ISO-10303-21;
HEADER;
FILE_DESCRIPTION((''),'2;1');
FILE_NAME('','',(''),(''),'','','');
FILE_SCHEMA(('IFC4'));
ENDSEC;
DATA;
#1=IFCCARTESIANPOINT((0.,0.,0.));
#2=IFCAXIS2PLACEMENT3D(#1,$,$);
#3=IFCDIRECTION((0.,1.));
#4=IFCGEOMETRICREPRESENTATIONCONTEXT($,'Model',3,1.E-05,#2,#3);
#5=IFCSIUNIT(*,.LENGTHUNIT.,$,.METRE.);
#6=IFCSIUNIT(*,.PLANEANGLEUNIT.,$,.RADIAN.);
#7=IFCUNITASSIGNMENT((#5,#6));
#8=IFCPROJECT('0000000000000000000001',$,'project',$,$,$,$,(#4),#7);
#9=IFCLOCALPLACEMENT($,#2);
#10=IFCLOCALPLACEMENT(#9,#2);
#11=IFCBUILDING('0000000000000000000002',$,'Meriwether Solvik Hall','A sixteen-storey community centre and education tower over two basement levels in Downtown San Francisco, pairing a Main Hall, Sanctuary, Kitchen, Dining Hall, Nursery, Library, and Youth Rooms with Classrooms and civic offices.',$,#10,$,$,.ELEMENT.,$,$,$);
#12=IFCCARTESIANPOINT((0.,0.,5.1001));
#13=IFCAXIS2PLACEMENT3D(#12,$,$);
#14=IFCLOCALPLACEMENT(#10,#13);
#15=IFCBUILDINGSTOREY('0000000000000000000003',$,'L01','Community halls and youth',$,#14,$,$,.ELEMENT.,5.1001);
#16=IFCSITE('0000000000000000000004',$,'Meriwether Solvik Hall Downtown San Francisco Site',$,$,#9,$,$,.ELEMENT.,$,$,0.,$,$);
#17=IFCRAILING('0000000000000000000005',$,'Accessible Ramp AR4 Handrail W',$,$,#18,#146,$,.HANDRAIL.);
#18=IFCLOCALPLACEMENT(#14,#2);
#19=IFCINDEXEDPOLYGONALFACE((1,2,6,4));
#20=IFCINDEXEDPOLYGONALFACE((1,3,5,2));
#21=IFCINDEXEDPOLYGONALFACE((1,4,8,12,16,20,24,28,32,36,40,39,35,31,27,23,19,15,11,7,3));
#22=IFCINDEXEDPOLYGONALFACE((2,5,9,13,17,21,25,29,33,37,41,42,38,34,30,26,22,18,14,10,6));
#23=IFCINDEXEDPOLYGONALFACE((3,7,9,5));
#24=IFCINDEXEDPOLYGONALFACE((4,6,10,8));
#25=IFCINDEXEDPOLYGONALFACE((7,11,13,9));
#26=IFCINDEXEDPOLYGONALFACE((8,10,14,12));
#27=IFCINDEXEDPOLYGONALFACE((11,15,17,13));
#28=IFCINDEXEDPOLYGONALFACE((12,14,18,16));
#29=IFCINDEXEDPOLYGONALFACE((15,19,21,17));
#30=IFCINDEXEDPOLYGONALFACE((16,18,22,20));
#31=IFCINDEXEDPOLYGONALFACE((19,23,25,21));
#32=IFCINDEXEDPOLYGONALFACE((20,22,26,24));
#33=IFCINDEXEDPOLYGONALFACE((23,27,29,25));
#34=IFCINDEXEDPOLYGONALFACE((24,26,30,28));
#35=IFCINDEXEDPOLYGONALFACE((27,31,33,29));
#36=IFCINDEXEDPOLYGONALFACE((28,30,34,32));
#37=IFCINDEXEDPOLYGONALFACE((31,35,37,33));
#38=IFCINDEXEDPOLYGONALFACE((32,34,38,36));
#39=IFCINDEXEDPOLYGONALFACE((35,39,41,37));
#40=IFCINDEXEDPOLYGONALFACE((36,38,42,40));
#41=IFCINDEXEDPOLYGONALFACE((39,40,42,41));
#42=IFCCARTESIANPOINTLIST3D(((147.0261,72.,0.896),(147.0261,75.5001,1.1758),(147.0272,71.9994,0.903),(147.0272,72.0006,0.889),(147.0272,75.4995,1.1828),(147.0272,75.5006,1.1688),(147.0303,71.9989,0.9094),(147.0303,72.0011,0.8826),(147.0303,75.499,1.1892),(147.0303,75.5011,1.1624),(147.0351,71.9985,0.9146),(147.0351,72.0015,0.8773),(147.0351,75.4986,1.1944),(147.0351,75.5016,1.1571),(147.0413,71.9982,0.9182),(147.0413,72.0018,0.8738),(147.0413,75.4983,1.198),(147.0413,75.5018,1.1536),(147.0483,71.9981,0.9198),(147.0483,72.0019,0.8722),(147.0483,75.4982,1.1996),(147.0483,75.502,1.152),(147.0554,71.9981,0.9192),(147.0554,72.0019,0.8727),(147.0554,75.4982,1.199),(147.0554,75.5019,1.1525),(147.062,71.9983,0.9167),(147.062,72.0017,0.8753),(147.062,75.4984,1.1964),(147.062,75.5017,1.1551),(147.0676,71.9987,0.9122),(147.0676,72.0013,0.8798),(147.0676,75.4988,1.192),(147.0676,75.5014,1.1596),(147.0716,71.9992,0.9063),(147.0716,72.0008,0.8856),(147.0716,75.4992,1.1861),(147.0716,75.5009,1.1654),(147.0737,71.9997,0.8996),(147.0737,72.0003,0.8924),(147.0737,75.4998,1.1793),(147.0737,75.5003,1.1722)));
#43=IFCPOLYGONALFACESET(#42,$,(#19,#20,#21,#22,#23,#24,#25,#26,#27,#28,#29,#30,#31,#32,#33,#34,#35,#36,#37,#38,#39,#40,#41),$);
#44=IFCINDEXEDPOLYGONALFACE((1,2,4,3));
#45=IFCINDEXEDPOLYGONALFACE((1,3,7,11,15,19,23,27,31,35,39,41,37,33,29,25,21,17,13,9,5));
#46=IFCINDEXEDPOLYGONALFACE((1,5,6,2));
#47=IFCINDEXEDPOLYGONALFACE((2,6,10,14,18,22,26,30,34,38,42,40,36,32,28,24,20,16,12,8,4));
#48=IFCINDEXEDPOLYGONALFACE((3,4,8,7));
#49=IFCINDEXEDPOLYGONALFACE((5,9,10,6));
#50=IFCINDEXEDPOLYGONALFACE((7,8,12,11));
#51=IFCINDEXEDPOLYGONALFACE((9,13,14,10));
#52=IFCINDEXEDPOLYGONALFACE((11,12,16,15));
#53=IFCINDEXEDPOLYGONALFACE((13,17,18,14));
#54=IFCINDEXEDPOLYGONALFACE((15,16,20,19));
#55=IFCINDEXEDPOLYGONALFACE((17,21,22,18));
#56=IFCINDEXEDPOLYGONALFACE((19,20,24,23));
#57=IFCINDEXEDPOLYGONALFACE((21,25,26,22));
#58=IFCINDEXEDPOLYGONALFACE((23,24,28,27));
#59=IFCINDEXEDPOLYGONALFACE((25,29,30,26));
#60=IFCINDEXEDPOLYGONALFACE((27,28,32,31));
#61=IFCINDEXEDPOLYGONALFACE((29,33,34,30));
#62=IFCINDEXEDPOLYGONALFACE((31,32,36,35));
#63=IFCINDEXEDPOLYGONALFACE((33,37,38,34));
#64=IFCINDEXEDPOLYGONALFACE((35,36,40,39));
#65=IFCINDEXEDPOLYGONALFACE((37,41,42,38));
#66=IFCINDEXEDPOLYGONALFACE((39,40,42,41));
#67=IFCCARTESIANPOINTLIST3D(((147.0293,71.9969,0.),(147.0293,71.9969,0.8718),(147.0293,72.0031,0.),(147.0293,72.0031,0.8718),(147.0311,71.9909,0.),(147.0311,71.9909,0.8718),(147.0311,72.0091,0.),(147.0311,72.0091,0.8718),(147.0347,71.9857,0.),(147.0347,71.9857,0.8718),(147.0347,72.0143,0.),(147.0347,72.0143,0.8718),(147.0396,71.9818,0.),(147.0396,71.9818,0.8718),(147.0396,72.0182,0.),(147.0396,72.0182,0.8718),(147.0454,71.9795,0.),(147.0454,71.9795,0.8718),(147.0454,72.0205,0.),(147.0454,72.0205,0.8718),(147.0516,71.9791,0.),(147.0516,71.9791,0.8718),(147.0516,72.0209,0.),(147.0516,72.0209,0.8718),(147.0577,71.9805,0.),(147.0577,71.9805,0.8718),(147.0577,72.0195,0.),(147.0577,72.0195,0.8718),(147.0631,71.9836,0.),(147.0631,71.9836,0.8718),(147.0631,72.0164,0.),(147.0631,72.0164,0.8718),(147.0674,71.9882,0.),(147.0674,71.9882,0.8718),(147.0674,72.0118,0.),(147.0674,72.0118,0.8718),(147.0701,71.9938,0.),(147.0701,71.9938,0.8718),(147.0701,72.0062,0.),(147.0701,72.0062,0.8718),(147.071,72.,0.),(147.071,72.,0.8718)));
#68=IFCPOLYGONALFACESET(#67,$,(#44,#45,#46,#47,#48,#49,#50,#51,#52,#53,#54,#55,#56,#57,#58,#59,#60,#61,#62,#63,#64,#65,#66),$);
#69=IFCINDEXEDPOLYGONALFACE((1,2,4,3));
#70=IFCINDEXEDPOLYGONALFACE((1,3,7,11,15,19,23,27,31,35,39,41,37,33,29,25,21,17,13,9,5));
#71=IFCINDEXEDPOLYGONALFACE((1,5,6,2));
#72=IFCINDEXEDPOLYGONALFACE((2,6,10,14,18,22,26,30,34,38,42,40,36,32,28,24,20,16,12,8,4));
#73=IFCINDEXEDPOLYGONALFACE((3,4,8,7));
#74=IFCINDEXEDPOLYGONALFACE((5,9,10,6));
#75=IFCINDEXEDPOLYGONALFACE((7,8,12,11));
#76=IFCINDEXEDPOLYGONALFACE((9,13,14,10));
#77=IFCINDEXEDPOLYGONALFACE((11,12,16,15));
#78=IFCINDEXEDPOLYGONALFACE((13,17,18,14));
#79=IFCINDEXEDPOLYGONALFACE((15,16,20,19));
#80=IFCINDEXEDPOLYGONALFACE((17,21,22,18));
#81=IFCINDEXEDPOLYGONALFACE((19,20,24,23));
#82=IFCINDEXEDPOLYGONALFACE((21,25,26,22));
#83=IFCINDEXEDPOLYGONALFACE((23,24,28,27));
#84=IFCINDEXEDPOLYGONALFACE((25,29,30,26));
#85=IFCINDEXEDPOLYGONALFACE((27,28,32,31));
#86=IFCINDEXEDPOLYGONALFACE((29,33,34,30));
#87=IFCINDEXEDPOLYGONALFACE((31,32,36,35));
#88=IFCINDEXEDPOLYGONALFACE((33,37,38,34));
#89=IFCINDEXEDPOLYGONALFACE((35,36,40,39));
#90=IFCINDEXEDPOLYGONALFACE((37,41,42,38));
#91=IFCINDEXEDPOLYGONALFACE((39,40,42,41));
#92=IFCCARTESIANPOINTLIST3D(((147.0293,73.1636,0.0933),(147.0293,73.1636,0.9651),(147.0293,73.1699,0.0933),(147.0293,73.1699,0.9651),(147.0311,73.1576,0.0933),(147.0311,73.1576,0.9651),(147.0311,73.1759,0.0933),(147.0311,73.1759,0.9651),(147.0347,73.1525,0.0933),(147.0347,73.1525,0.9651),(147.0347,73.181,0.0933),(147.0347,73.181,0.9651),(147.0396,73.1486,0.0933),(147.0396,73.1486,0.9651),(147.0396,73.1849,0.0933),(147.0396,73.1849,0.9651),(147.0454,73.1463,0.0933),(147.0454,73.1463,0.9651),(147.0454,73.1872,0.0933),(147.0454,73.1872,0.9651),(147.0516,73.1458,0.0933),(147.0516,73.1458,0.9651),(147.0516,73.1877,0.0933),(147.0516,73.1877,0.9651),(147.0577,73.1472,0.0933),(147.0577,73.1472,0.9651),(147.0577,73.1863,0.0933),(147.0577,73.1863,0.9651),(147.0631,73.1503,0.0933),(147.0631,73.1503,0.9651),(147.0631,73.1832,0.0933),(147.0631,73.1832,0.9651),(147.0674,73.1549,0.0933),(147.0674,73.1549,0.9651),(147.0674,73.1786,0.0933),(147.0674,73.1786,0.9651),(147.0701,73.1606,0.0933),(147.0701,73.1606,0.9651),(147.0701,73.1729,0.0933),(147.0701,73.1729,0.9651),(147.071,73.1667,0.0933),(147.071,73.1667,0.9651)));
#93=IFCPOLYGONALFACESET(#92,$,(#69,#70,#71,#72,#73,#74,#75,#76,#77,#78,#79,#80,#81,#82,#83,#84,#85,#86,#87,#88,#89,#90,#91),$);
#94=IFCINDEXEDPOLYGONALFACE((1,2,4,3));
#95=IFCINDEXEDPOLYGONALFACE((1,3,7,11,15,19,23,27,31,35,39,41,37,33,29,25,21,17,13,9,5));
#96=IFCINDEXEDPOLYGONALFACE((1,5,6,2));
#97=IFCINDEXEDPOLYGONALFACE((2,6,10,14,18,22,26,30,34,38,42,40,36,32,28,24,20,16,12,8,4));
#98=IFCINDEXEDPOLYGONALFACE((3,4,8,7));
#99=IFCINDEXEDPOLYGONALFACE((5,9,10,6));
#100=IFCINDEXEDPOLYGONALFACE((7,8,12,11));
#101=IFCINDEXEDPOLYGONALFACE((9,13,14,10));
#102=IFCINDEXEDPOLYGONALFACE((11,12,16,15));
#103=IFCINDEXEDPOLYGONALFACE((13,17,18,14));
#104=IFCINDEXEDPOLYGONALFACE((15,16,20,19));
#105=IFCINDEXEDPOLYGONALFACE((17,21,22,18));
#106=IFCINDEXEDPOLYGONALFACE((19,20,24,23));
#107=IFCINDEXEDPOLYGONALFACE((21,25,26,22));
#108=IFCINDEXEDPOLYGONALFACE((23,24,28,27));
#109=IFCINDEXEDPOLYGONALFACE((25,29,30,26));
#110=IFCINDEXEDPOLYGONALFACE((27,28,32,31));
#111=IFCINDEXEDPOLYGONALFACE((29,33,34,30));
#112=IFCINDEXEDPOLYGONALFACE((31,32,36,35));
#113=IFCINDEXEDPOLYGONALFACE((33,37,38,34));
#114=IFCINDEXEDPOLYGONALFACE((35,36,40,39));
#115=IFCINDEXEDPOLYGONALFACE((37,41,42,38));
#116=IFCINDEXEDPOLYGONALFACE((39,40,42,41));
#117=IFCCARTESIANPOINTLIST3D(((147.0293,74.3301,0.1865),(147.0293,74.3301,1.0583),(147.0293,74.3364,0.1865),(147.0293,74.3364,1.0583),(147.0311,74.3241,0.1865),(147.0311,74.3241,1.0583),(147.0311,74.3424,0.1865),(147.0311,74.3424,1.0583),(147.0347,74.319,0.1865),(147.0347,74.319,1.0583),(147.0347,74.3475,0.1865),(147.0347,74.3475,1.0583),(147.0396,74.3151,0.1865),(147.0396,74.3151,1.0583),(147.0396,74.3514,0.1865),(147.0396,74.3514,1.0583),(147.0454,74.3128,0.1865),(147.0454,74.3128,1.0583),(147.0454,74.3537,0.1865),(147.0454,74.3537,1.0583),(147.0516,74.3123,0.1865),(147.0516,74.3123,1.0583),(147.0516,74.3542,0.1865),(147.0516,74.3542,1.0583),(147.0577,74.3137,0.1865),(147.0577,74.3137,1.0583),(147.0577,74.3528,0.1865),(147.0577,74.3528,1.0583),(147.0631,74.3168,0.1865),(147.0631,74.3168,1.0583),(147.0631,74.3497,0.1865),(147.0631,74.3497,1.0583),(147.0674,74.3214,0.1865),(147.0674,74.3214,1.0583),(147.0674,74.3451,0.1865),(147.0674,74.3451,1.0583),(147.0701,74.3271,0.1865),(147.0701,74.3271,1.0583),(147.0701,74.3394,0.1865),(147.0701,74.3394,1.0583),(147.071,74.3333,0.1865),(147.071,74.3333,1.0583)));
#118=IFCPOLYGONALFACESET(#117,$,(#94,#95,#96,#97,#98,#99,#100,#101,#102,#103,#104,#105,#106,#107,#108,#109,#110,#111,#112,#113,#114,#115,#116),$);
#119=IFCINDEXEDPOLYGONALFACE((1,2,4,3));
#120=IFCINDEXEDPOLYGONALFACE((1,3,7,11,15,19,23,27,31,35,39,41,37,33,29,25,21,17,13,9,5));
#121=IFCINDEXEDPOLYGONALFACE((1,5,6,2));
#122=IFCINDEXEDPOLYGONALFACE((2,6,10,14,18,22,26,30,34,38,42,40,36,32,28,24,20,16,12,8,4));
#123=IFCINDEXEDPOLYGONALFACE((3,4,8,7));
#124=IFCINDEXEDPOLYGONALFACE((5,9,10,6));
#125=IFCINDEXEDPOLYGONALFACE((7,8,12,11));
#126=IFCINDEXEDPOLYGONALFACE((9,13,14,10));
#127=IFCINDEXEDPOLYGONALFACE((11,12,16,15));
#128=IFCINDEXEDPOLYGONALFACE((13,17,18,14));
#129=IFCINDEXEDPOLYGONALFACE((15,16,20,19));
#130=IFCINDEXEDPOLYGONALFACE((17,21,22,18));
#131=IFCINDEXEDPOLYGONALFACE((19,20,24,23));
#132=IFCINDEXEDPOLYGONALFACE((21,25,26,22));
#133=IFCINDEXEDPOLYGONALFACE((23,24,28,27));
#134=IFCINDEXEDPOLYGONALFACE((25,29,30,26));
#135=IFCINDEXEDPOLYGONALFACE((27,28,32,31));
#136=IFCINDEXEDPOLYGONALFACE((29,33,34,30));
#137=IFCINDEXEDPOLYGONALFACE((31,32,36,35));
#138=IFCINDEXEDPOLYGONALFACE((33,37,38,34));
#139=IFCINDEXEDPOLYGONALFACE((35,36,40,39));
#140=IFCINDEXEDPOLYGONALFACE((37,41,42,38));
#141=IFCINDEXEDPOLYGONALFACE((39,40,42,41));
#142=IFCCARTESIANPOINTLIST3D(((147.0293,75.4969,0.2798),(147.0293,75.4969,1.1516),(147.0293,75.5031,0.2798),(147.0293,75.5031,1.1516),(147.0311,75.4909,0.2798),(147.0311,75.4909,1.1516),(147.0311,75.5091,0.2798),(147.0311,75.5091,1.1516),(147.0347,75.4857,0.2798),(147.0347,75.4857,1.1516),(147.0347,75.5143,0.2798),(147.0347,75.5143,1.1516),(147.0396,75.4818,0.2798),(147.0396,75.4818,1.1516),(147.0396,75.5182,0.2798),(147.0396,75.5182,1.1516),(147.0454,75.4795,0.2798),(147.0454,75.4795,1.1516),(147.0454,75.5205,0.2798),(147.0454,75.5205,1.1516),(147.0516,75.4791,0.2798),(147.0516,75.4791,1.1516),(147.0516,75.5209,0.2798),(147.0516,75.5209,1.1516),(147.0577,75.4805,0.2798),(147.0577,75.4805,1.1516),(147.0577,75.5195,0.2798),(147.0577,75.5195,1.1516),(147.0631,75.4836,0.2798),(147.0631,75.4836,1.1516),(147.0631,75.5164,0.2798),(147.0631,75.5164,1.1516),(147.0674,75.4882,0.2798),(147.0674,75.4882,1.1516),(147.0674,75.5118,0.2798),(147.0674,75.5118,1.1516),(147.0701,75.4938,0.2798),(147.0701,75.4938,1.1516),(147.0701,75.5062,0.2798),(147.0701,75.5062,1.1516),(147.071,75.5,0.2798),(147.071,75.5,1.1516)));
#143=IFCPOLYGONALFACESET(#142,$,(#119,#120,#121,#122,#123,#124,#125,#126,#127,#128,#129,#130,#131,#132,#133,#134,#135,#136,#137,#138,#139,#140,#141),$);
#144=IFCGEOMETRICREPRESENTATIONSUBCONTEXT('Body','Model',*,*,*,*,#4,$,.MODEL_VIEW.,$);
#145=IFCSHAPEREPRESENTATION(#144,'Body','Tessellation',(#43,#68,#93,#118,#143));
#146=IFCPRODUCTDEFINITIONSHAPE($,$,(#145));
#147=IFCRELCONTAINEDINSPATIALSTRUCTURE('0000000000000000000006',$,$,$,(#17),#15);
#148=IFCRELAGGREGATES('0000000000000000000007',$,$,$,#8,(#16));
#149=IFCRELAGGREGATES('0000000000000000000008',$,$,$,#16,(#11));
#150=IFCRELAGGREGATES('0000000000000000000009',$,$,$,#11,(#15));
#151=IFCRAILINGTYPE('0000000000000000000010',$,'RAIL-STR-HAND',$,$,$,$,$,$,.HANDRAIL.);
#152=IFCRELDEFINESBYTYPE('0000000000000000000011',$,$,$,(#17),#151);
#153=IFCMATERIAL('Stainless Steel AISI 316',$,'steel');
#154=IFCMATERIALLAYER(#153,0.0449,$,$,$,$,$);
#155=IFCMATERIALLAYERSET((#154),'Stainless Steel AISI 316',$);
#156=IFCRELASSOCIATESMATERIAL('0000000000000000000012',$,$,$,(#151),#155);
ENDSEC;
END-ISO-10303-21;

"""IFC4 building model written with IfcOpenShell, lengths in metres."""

from ifc_helpers import new_model, si_unit, direction, frame, origin, origin_2d, place, context, subcontext, project, spatial, circle, extrude, material, layer, layer_set, type_object, element, save


model = new_model("IFC4")

# Units and contexts
model_context = context("Model", 3, precision=1e-05, world=origin(), true_north=direction((0.0, 1.0)))
body_context = subcontext(model_context, "Body", "Model", "MODEL_VIEW")
ifc_project = project(units=[si_unit("LENGTHUNIT", "METRE"), si_unit("PLANEANGLEUNIT", "RADIAN")], contexts=[model_context])

# Site, building, storey
site_placement = place(None, origin())
site = spatial("IfcSite", under=ifc_project, at=site_placement, Name="Meriwether Solvik Hall Downtown San Francisco Site", CompositionType="ELEMENT", RefElevation=0.0)
building_placement = place(site_placement, origin())
building = spatial("IfcBuilding", under=site, at=building_placement, Name="Meriwether Solvik Hall", Description="A sixteen-storey community centre and education tower over two basement levels in Downtown San Francisco, pairing a Main Hall, Sanctuary, Kitchen, Dining Hall, Nursery, Library, and Youth Rooms with Classrooms and civic offices.", CompositionType="ELEMENT")
storey_placement = place(building_placement, frame((0.0, 0.0, 5.1001)))
storey = spatial("IfcBuildingStorey", under=building, at=storey_placement, Name="L01", Description="Community halls and youth", CompositionType="ELEMENT", Elevation=5.1001)

# Railing
ifc_material_1 = material(Name="Stainless Steel AISI 316", Category="steel")
ifc_layer_1 = layer(ifc_material_1, 0.0449)
ifc_layer_set_1 = layer_set([ifc_layer_1], Name="Stainless Steel AISI 316")
railing_type = type_object("IfcRailingType", Name="RAIL-STR-HAND", PredefinedType="HANDRAIL", material=ifc_layer_set_1)
for number, where, name in (
    (1, (147.05, 72.0, 0.0), "Accessible Ramp AR4 Handrail W"),
):
    element("IfcRailing", number, at=place(storey_placement, frame(where)), inside=storey, type_object=railing_type, Name=name, PredefinedType="HANDRAIL", context=body_context, shape_type="SweptSolid", body=[
        extrude(circle(Radius=0.0239, at=origin_2d()), frame((0.0, 0.0, 0.896), z_axis=(0.0, 0.99682, 0.079684), x_axis=(-1.0, 0.0, 0.0)), (0.0, 0.0, 1.0), 3.5112),
        extrude(circle(Radius=0.021, at=origin_2d()), origin(), (0.0, 0.0, 1.0), 0.8718),
        extrude(circle(Radius=0.021, at=origin_2d()), frame((0.0, 1.1667, 0.0933)), (0.0, 0.0, 1.0), 0.8718),
        extrude(circle(Radius=0.021, at=origin_2d()), frame((0.0, 2.3333, 0.1865)), (0.0, 0.0, 1.0), 0.8718),
        extrude(circle(Radius=0.021, at=origin_2d()), frame((0.0, 3.5, 0.2798)), (0.0, 0.0, 1.0), 0.8718),
    ])

save(model, "model.ifc")
